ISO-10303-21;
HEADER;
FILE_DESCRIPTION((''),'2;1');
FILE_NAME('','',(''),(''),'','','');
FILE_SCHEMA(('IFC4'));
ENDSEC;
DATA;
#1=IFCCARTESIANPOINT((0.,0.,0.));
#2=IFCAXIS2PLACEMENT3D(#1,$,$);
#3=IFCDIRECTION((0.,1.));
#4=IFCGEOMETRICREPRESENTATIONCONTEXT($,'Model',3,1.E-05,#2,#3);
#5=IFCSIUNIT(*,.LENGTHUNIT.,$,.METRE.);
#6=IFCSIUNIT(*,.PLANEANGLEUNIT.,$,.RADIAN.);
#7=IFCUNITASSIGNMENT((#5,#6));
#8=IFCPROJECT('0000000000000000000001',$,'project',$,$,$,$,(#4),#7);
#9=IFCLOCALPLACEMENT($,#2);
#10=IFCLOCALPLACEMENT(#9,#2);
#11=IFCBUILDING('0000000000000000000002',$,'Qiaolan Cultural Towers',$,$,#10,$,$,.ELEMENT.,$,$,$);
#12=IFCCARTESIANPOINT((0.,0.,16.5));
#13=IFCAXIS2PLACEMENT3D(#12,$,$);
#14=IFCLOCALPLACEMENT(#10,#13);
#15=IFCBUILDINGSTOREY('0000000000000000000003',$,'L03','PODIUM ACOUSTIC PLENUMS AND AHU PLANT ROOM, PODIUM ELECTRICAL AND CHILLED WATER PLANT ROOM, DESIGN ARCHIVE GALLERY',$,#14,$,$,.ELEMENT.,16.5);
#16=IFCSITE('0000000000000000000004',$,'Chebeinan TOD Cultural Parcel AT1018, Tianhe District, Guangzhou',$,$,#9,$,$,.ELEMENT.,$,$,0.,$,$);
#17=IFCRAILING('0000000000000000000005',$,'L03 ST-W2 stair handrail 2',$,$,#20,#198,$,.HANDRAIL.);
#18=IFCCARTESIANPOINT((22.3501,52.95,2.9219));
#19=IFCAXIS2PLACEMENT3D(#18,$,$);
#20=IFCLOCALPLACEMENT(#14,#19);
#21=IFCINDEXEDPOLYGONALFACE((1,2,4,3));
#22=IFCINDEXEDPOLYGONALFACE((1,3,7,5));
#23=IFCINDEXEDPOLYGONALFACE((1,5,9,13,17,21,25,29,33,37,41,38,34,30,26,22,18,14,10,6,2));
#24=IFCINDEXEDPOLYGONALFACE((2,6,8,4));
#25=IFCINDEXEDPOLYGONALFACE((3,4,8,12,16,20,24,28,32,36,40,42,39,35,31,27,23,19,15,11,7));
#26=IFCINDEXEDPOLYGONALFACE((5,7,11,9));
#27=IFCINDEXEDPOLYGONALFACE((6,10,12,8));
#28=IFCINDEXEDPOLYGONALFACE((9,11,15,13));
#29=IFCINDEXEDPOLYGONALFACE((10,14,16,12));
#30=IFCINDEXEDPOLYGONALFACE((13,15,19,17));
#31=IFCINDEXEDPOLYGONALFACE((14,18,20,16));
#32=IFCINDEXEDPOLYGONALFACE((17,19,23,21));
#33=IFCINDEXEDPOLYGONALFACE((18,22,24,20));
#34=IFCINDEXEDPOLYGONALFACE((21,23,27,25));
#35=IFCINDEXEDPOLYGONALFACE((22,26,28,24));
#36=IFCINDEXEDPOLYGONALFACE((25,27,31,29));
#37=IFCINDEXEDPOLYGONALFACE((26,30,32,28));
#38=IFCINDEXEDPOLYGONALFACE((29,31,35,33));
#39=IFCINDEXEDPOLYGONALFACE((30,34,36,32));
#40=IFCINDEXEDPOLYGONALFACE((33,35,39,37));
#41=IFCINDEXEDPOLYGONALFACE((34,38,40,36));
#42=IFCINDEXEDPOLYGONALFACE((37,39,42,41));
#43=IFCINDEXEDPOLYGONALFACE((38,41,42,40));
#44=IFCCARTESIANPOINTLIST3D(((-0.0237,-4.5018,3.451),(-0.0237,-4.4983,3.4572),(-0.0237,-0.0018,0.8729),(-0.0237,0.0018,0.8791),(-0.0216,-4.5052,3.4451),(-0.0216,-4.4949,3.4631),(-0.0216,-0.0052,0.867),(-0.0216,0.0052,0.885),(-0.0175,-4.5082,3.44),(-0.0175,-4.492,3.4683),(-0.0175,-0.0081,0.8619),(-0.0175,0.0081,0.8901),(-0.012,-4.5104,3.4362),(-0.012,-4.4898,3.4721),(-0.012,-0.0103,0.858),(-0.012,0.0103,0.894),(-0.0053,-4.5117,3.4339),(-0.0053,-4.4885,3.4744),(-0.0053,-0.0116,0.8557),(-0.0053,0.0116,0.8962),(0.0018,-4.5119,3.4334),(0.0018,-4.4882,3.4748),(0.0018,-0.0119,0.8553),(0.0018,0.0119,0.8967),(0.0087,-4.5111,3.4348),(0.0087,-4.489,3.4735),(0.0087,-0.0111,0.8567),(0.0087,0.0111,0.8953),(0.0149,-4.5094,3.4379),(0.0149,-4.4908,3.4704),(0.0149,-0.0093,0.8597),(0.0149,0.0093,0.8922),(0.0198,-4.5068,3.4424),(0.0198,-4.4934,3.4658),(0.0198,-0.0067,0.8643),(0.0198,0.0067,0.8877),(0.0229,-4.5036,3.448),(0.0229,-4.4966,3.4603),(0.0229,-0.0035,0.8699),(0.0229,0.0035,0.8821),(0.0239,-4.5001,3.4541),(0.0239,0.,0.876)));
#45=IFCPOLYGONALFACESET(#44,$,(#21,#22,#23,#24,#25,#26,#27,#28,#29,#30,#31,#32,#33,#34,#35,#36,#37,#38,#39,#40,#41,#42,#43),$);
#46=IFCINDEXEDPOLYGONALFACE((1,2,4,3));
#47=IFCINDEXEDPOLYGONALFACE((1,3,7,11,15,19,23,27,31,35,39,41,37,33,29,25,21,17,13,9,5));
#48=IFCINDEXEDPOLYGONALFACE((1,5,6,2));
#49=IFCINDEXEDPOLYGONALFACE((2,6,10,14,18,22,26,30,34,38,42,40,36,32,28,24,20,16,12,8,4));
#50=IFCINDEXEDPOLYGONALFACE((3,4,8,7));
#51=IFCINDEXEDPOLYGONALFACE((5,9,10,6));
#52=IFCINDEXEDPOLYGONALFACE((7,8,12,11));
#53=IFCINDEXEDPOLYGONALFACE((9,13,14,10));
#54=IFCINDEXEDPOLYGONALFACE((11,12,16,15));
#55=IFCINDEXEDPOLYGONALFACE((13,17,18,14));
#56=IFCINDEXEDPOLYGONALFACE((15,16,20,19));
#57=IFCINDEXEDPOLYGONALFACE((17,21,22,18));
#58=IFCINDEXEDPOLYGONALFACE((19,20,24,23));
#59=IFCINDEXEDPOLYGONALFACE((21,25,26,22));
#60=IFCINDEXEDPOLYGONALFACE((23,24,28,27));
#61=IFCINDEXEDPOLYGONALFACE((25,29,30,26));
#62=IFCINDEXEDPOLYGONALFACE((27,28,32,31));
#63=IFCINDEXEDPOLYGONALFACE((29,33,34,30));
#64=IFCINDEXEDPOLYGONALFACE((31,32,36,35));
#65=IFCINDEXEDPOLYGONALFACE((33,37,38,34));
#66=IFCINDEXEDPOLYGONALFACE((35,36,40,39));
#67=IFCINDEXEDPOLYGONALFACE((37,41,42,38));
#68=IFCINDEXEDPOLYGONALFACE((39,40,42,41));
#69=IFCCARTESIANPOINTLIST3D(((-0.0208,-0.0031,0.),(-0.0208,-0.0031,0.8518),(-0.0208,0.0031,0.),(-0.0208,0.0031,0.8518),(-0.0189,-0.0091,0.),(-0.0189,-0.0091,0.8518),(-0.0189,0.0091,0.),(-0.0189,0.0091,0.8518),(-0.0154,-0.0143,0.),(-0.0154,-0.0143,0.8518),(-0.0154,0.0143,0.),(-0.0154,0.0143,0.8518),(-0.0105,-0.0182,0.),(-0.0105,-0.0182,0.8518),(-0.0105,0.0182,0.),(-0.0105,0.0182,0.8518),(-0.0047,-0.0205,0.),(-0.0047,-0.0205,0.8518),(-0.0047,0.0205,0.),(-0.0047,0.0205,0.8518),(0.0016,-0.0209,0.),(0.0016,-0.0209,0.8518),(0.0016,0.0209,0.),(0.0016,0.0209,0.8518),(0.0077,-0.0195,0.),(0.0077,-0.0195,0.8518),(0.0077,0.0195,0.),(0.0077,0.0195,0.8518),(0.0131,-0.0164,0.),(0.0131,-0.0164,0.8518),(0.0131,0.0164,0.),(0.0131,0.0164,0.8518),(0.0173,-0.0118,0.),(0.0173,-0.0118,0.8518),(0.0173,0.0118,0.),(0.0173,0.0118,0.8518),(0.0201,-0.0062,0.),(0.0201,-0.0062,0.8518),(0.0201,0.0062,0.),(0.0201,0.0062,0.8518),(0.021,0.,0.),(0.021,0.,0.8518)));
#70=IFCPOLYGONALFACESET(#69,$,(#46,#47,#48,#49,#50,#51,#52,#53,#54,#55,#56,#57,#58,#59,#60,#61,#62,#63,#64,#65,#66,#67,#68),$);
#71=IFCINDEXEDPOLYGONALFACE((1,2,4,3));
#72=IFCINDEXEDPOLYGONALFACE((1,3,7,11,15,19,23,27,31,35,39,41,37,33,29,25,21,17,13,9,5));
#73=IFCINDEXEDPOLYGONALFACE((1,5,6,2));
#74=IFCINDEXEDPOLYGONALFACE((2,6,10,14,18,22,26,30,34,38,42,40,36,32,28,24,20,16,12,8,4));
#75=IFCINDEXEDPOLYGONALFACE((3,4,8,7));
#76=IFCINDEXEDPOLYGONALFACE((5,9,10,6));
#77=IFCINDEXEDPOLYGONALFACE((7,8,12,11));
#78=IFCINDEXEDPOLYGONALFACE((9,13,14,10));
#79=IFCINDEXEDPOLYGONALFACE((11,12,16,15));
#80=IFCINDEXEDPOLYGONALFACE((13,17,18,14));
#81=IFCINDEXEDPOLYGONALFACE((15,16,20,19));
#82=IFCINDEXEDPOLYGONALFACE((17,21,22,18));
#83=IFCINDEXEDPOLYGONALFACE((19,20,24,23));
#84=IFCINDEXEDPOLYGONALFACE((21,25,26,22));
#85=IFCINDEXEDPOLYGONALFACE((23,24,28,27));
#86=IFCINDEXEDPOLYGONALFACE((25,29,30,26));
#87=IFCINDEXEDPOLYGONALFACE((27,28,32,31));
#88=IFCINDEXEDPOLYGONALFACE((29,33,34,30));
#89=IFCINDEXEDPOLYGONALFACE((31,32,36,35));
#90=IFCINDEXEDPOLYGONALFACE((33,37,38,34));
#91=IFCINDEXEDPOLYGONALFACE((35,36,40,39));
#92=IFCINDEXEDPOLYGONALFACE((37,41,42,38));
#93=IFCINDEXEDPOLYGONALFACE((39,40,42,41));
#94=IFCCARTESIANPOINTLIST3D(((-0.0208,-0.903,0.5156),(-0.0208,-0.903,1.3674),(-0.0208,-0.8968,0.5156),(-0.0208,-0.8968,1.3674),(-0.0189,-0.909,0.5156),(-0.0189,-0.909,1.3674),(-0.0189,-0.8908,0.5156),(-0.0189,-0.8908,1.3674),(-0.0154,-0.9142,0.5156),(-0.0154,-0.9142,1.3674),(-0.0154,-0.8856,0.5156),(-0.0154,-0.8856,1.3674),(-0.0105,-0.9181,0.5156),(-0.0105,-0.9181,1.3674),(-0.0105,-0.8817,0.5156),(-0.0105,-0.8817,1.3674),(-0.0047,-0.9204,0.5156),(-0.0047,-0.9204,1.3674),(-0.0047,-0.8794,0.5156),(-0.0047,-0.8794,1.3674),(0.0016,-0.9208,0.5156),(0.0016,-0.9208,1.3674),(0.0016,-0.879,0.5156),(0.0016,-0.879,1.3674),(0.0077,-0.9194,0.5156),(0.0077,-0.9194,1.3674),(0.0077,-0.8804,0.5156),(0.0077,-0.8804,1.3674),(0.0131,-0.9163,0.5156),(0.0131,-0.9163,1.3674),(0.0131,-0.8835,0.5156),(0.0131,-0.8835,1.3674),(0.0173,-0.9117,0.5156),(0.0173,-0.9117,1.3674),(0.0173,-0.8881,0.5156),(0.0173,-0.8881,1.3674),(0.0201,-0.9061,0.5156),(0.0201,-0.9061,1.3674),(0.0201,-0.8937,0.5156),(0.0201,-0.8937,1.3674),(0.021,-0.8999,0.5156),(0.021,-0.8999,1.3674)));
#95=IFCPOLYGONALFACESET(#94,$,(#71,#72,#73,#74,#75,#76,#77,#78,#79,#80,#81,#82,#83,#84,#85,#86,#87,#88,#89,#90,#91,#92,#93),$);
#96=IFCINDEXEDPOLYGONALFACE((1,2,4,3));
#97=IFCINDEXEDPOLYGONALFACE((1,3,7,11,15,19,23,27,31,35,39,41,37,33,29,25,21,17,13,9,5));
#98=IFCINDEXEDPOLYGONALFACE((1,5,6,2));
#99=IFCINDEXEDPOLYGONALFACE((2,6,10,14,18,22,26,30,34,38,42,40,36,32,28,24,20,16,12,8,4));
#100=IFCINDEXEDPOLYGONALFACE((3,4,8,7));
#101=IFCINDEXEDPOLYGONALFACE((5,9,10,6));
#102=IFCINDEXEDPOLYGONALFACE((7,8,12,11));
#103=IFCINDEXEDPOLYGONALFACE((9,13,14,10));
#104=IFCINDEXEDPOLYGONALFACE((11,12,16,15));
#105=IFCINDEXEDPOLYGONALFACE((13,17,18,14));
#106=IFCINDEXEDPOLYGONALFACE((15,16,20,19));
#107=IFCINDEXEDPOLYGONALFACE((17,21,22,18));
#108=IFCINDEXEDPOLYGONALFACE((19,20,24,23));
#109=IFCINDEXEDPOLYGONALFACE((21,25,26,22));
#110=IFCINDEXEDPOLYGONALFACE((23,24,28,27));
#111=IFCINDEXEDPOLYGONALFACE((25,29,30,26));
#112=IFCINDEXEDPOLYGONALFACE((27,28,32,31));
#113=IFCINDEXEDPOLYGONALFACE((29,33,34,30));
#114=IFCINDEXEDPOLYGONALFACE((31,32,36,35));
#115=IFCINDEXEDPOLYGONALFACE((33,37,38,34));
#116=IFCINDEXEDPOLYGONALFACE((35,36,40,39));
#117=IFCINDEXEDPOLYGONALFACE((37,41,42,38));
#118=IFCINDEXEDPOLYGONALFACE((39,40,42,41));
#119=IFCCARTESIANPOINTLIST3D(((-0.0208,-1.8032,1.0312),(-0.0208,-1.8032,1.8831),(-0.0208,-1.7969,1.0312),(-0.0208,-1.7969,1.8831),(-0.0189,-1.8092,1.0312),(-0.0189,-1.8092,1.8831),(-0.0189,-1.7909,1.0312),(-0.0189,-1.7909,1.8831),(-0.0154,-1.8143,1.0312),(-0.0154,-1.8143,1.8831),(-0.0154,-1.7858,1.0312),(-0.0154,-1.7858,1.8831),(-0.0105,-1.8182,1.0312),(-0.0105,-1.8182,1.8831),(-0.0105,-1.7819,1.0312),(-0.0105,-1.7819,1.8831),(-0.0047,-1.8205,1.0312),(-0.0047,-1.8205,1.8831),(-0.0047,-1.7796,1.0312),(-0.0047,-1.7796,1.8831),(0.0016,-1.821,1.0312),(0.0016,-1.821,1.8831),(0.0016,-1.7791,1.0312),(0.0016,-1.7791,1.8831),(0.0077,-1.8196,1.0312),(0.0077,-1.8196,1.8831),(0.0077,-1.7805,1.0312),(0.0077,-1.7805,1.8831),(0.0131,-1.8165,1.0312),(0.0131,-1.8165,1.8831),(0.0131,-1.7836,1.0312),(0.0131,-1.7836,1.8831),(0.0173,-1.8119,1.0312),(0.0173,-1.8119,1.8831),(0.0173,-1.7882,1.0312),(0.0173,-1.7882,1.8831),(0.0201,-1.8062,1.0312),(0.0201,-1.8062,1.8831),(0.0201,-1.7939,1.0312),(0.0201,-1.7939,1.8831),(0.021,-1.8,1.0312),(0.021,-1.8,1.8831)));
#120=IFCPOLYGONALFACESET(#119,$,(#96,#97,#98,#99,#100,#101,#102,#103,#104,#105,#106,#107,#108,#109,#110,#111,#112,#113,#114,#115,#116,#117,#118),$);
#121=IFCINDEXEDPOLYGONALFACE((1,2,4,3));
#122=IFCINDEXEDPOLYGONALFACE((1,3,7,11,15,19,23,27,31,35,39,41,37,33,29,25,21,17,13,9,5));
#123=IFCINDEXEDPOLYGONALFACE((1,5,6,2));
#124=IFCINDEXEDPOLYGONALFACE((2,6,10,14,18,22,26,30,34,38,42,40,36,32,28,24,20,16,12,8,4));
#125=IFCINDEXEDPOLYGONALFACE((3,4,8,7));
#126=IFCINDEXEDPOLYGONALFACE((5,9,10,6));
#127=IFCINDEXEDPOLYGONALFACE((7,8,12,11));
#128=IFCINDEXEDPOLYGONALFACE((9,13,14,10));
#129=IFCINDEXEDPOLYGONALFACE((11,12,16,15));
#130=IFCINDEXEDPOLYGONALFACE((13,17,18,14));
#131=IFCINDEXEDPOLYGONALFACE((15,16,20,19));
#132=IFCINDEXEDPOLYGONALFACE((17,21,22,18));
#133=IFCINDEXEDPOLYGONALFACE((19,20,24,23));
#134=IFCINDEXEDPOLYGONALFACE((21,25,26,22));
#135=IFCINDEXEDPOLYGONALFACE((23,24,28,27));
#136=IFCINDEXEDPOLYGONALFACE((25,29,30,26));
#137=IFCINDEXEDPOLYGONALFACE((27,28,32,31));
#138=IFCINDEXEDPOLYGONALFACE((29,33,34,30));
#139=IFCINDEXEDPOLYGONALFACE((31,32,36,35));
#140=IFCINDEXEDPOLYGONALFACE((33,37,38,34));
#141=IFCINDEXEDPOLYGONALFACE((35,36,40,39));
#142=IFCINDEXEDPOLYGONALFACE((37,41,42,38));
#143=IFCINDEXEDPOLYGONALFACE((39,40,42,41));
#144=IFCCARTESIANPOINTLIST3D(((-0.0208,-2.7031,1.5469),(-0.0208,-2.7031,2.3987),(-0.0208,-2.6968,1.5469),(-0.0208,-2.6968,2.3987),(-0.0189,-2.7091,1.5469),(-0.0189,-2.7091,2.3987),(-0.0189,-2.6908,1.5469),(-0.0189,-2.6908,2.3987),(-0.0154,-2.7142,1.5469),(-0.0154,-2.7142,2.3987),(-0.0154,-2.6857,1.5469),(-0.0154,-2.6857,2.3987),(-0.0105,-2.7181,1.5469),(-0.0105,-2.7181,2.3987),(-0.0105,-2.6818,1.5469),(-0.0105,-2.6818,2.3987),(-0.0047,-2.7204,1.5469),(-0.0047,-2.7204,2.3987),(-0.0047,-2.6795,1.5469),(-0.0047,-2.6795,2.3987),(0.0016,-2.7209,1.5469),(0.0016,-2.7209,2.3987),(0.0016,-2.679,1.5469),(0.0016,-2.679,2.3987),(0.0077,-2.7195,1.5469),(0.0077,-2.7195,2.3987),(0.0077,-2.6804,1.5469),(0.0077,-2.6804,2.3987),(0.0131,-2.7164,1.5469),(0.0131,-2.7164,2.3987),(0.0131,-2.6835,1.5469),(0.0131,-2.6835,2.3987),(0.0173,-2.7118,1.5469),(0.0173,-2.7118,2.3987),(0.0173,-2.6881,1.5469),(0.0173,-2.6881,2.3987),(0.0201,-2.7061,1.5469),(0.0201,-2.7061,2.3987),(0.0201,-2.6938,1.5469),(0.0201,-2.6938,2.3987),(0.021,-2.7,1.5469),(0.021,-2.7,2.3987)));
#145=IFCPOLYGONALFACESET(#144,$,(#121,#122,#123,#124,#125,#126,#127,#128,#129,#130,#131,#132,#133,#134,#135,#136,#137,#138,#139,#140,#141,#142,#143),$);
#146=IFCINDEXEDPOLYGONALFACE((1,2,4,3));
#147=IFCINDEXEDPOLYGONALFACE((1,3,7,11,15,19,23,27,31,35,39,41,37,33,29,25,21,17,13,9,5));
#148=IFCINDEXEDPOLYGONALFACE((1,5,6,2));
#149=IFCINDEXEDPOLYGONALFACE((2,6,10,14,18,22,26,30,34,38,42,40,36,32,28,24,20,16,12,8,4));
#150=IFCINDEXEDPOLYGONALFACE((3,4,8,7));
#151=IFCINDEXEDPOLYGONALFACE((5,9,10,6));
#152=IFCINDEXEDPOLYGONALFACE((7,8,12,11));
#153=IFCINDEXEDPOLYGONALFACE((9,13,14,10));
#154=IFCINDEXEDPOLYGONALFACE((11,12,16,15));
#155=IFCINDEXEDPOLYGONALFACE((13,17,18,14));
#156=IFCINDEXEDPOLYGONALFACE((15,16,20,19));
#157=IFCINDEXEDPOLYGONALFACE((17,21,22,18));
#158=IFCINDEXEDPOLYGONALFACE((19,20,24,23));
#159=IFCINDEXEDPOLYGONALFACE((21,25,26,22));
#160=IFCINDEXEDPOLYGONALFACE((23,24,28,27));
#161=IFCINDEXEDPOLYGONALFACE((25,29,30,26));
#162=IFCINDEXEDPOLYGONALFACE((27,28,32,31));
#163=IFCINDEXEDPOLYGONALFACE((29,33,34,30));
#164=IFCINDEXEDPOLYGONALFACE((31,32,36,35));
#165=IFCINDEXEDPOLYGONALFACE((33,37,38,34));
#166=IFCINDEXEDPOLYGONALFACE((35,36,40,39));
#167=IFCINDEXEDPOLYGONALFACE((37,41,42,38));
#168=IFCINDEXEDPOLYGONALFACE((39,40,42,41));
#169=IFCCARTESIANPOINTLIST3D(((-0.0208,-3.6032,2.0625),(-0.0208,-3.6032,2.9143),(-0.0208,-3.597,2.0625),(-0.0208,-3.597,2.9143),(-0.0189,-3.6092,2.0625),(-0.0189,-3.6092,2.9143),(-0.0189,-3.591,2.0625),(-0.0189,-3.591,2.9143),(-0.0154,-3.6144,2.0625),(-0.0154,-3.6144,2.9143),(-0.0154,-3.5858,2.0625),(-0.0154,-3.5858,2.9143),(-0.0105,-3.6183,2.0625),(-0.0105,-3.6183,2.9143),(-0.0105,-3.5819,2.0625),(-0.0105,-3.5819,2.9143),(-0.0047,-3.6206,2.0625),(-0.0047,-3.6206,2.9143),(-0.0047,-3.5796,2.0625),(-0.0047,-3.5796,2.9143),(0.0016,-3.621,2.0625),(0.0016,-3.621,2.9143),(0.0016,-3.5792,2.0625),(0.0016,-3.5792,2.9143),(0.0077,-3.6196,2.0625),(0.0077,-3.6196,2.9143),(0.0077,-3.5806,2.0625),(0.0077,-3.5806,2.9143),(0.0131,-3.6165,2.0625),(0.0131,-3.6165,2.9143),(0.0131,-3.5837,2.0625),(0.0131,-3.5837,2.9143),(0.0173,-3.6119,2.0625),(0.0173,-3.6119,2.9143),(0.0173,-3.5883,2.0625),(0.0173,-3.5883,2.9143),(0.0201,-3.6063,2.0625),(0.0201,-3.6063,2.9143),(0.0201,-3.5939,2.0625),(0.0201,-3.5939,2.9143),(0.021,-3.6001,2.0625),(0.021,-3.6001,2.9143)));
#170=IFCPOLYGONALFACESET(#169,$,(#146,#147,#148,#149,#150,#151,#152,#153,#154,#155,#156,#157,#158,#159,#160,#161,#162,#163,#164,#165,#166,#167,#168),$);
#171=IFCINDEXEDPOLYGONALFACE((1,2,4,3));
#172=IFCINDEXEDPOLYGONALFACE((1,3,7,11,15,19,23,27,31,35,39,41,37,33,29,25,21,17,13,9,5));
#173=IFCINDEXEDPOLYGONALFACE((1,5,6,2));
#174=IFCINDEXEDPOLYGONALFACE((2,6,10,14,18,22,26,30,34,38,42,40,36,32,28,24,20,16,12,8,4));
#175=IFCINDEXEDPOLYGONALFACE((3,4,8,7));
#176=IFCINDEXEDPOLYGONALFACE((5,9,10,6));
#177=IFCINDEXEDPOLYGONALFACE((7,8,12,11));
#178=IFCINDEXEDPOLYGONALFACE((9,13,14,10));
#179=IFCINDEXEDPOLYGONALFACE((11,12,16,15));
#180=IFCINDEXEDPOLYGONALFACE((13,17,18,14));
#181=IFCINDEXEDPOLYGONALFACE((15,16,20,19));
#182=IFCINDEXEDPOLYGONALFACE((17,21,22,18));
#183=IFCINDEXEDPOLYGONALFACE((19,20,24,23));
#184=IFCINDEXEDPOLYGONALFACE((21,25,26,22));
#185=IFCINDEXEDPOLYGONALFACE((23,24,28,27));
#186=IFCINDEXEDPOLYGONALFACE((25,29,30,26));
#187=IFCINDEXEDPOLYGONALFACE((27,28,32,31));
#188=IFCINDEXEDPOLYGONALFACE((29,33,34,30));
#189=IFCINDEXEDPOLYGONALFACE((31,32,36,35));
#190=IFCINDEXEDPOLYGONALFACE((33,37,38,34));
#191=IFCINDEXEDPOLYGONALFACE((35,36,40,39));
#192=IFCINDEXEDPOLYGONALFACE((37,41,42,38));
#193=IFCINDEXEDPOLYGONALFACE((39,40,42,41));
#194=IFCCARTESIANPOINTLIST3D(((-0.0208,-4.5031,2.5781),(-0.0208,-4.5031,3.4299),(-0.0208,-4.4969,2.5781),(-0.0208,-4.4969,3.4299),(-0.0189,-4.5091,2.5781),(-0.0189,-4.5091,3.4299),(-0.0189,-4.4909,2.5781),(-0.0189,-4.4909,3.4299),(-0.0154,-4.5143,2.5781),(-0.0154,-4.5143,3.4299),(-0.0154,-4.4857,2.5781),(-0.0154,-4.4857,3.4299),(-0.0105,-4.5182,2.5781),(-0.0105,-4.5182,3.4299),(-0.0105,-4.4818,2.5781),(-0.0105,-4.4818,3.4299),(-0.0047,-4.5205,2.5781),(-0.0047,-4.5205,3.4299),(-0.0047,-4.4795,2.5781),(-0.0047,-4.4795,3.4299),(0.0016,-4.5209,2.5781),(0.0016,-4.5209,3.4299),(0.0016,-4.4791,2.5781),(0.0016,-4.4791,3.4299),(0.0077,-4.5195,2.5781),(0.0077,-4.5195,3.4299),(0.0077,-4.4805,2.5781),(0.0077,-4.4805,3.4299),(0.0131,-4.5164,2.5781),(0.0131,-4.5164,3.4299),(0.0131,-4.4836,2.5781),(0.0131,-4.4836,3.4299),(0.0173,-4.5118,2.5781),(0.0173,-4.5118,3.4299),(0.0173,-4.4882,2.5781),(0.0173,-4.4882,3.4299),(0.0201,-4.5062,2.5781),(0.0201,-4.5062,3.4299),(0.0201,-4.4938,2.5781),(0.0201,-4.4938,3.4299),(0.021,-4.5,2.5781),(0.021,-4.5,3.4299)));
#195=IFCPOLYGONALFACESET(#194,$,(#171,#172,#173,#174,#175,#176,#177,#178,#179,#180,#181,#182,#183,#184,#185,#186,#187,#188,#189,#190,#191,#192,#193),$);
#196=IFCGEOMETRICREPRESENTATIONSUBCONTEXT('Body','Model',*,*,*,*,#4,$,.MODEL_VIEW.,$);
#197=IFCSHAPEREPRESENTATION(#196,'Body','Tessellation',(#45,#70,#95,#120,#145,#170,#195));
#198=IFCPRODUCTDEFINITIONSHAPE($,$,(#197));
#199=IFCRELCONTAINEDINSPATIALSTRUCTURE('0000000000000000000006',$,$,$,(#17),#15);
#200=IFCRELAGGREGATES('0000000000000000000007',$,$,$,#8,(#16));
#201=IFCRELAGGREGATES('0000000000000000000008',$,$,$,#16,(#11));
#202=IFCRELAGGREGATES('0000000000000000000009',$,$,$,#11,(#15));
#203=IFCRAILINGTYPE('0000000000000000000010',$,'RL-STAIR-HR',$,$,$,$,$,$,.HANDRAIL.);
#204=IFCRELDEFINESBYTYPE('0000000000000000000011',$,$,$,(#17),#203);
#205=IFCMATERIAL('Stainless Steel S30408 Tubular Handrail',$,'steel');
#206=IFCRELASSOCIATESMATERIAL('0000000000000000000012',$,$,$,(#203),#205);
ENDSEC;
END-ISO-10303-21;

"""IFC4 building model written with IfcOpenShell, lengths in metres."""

from ifc_helpers import new_model, si_unit, direction, frame, origin, origin_2d, place, context, subcontext, project, spatial, circle, extrude, material, type_object, element, save


model = new_model("IFC4")

# Units and contexts
model_context = context("Model", 3, precision=1e-05, world=origin(), true_north=direction((0.0, 1.0)))
body_context = subcontext(model_context, "Body", "Model", "MODEL_VIEW")
ifc_project = project(units=[si_unit("LENGTHUNIT", "METRE"), si_unit("PLANEANGLEUNIT", "RADIAN")], contexts=[model_context])

# Site, building, storey
site_placement = place(None, origin())
site = spatial("IfcSite", under=ifc_project, at=site_placement, Name="Chebeinan TOD Cultural Parcel AT1018, Tianhe District, Guangzhou", CompositionType="ELEMENT", RefElevation=0.0)
building_placement = place(site_placement, origin())
building = spatial("IfcBuilding", under=site, at=building_placement, Name="Qiaolan Cultural Towers", CompositionType="ELEMENT")
storey_placement = place(building_placement, frame((0.0, 0.0, 16.5)))
storey = spatial("IfcBuildingStorey", under=building, at=storey_placement, Name="L03", Description="PODIUM ACOUSTIC PLENUMS AND AHU PLANT ROOM, PODIUM ELECTRICAL AND CHILLED WATER PLANT ROOM, DESIGN ARCHIVE GALLERY", CompositionType="ELEMENT", Elevation=16.5)

# Railing
ifc_material_1 = material(Name="Stainless Steel S30408 Tubular Handrail", Category="steel")
railing_type_1 = type_object("IfcRailingType", Name="RL-STAIR-HR", PredefinedType="HANDRAIL", material=ifc_material_1)
railing_1_placement = place(storey_placement, frame((22.3501, 52.95, 2.9219)))
element("IfcRailing", 1, at=railing_1_placement, inside=storey, type_object=railing_type_1, Name="L03 ST-W2 stair handrail 2", PredefinedType="HANDRAIL", context=body_context, shape_type="SweptSolid", body=[
    extrude(circle(Radius=0.0239, at=origin_2d()), frame((0.0, 0.0, 0.876), z_axis=(0.0, -0.867686, 0.497112), x_axis=(1.0, 0.0, 0.0)), (0.0, 0.0, 1.0), 5.1863),
    extrude(circle(Radius=0.021, at=origin_2d()), origin(), (0.0, 0.0, 1.0), 0.8518),
    extrude(circle(Radius=0.021, at=origin_2d()), frame((0.0, -0.8999, 0.5156)), (0.0, 0.0, 1.0), 0.8518),
    extrude(circle(Radius=0.021, at=origin_2d()), frame((0.0, -1.8, 1.0312)), (0.0, 0.0, 1.0), 0.8518),
    extrude(circle(Radius=0.021, at=origin_2d()), frame((0.0, -2.7, 1.5469)), (0.0, 0.0, 1.0), 0.8518),
    extrude(circle(Radius=0.021, at=origin_2d()), frame((0.0, -3.6001, 2.0625)), (0.0, 0.0, 1.0), 0.8518),
    extrude(circle(Radius=0.021, at=origin_2d()), frame((0.0, -4.5, 2.5781)), (0.0, 0.0, 1.0), 0.8518),
])

save(model, "model.ifc")
